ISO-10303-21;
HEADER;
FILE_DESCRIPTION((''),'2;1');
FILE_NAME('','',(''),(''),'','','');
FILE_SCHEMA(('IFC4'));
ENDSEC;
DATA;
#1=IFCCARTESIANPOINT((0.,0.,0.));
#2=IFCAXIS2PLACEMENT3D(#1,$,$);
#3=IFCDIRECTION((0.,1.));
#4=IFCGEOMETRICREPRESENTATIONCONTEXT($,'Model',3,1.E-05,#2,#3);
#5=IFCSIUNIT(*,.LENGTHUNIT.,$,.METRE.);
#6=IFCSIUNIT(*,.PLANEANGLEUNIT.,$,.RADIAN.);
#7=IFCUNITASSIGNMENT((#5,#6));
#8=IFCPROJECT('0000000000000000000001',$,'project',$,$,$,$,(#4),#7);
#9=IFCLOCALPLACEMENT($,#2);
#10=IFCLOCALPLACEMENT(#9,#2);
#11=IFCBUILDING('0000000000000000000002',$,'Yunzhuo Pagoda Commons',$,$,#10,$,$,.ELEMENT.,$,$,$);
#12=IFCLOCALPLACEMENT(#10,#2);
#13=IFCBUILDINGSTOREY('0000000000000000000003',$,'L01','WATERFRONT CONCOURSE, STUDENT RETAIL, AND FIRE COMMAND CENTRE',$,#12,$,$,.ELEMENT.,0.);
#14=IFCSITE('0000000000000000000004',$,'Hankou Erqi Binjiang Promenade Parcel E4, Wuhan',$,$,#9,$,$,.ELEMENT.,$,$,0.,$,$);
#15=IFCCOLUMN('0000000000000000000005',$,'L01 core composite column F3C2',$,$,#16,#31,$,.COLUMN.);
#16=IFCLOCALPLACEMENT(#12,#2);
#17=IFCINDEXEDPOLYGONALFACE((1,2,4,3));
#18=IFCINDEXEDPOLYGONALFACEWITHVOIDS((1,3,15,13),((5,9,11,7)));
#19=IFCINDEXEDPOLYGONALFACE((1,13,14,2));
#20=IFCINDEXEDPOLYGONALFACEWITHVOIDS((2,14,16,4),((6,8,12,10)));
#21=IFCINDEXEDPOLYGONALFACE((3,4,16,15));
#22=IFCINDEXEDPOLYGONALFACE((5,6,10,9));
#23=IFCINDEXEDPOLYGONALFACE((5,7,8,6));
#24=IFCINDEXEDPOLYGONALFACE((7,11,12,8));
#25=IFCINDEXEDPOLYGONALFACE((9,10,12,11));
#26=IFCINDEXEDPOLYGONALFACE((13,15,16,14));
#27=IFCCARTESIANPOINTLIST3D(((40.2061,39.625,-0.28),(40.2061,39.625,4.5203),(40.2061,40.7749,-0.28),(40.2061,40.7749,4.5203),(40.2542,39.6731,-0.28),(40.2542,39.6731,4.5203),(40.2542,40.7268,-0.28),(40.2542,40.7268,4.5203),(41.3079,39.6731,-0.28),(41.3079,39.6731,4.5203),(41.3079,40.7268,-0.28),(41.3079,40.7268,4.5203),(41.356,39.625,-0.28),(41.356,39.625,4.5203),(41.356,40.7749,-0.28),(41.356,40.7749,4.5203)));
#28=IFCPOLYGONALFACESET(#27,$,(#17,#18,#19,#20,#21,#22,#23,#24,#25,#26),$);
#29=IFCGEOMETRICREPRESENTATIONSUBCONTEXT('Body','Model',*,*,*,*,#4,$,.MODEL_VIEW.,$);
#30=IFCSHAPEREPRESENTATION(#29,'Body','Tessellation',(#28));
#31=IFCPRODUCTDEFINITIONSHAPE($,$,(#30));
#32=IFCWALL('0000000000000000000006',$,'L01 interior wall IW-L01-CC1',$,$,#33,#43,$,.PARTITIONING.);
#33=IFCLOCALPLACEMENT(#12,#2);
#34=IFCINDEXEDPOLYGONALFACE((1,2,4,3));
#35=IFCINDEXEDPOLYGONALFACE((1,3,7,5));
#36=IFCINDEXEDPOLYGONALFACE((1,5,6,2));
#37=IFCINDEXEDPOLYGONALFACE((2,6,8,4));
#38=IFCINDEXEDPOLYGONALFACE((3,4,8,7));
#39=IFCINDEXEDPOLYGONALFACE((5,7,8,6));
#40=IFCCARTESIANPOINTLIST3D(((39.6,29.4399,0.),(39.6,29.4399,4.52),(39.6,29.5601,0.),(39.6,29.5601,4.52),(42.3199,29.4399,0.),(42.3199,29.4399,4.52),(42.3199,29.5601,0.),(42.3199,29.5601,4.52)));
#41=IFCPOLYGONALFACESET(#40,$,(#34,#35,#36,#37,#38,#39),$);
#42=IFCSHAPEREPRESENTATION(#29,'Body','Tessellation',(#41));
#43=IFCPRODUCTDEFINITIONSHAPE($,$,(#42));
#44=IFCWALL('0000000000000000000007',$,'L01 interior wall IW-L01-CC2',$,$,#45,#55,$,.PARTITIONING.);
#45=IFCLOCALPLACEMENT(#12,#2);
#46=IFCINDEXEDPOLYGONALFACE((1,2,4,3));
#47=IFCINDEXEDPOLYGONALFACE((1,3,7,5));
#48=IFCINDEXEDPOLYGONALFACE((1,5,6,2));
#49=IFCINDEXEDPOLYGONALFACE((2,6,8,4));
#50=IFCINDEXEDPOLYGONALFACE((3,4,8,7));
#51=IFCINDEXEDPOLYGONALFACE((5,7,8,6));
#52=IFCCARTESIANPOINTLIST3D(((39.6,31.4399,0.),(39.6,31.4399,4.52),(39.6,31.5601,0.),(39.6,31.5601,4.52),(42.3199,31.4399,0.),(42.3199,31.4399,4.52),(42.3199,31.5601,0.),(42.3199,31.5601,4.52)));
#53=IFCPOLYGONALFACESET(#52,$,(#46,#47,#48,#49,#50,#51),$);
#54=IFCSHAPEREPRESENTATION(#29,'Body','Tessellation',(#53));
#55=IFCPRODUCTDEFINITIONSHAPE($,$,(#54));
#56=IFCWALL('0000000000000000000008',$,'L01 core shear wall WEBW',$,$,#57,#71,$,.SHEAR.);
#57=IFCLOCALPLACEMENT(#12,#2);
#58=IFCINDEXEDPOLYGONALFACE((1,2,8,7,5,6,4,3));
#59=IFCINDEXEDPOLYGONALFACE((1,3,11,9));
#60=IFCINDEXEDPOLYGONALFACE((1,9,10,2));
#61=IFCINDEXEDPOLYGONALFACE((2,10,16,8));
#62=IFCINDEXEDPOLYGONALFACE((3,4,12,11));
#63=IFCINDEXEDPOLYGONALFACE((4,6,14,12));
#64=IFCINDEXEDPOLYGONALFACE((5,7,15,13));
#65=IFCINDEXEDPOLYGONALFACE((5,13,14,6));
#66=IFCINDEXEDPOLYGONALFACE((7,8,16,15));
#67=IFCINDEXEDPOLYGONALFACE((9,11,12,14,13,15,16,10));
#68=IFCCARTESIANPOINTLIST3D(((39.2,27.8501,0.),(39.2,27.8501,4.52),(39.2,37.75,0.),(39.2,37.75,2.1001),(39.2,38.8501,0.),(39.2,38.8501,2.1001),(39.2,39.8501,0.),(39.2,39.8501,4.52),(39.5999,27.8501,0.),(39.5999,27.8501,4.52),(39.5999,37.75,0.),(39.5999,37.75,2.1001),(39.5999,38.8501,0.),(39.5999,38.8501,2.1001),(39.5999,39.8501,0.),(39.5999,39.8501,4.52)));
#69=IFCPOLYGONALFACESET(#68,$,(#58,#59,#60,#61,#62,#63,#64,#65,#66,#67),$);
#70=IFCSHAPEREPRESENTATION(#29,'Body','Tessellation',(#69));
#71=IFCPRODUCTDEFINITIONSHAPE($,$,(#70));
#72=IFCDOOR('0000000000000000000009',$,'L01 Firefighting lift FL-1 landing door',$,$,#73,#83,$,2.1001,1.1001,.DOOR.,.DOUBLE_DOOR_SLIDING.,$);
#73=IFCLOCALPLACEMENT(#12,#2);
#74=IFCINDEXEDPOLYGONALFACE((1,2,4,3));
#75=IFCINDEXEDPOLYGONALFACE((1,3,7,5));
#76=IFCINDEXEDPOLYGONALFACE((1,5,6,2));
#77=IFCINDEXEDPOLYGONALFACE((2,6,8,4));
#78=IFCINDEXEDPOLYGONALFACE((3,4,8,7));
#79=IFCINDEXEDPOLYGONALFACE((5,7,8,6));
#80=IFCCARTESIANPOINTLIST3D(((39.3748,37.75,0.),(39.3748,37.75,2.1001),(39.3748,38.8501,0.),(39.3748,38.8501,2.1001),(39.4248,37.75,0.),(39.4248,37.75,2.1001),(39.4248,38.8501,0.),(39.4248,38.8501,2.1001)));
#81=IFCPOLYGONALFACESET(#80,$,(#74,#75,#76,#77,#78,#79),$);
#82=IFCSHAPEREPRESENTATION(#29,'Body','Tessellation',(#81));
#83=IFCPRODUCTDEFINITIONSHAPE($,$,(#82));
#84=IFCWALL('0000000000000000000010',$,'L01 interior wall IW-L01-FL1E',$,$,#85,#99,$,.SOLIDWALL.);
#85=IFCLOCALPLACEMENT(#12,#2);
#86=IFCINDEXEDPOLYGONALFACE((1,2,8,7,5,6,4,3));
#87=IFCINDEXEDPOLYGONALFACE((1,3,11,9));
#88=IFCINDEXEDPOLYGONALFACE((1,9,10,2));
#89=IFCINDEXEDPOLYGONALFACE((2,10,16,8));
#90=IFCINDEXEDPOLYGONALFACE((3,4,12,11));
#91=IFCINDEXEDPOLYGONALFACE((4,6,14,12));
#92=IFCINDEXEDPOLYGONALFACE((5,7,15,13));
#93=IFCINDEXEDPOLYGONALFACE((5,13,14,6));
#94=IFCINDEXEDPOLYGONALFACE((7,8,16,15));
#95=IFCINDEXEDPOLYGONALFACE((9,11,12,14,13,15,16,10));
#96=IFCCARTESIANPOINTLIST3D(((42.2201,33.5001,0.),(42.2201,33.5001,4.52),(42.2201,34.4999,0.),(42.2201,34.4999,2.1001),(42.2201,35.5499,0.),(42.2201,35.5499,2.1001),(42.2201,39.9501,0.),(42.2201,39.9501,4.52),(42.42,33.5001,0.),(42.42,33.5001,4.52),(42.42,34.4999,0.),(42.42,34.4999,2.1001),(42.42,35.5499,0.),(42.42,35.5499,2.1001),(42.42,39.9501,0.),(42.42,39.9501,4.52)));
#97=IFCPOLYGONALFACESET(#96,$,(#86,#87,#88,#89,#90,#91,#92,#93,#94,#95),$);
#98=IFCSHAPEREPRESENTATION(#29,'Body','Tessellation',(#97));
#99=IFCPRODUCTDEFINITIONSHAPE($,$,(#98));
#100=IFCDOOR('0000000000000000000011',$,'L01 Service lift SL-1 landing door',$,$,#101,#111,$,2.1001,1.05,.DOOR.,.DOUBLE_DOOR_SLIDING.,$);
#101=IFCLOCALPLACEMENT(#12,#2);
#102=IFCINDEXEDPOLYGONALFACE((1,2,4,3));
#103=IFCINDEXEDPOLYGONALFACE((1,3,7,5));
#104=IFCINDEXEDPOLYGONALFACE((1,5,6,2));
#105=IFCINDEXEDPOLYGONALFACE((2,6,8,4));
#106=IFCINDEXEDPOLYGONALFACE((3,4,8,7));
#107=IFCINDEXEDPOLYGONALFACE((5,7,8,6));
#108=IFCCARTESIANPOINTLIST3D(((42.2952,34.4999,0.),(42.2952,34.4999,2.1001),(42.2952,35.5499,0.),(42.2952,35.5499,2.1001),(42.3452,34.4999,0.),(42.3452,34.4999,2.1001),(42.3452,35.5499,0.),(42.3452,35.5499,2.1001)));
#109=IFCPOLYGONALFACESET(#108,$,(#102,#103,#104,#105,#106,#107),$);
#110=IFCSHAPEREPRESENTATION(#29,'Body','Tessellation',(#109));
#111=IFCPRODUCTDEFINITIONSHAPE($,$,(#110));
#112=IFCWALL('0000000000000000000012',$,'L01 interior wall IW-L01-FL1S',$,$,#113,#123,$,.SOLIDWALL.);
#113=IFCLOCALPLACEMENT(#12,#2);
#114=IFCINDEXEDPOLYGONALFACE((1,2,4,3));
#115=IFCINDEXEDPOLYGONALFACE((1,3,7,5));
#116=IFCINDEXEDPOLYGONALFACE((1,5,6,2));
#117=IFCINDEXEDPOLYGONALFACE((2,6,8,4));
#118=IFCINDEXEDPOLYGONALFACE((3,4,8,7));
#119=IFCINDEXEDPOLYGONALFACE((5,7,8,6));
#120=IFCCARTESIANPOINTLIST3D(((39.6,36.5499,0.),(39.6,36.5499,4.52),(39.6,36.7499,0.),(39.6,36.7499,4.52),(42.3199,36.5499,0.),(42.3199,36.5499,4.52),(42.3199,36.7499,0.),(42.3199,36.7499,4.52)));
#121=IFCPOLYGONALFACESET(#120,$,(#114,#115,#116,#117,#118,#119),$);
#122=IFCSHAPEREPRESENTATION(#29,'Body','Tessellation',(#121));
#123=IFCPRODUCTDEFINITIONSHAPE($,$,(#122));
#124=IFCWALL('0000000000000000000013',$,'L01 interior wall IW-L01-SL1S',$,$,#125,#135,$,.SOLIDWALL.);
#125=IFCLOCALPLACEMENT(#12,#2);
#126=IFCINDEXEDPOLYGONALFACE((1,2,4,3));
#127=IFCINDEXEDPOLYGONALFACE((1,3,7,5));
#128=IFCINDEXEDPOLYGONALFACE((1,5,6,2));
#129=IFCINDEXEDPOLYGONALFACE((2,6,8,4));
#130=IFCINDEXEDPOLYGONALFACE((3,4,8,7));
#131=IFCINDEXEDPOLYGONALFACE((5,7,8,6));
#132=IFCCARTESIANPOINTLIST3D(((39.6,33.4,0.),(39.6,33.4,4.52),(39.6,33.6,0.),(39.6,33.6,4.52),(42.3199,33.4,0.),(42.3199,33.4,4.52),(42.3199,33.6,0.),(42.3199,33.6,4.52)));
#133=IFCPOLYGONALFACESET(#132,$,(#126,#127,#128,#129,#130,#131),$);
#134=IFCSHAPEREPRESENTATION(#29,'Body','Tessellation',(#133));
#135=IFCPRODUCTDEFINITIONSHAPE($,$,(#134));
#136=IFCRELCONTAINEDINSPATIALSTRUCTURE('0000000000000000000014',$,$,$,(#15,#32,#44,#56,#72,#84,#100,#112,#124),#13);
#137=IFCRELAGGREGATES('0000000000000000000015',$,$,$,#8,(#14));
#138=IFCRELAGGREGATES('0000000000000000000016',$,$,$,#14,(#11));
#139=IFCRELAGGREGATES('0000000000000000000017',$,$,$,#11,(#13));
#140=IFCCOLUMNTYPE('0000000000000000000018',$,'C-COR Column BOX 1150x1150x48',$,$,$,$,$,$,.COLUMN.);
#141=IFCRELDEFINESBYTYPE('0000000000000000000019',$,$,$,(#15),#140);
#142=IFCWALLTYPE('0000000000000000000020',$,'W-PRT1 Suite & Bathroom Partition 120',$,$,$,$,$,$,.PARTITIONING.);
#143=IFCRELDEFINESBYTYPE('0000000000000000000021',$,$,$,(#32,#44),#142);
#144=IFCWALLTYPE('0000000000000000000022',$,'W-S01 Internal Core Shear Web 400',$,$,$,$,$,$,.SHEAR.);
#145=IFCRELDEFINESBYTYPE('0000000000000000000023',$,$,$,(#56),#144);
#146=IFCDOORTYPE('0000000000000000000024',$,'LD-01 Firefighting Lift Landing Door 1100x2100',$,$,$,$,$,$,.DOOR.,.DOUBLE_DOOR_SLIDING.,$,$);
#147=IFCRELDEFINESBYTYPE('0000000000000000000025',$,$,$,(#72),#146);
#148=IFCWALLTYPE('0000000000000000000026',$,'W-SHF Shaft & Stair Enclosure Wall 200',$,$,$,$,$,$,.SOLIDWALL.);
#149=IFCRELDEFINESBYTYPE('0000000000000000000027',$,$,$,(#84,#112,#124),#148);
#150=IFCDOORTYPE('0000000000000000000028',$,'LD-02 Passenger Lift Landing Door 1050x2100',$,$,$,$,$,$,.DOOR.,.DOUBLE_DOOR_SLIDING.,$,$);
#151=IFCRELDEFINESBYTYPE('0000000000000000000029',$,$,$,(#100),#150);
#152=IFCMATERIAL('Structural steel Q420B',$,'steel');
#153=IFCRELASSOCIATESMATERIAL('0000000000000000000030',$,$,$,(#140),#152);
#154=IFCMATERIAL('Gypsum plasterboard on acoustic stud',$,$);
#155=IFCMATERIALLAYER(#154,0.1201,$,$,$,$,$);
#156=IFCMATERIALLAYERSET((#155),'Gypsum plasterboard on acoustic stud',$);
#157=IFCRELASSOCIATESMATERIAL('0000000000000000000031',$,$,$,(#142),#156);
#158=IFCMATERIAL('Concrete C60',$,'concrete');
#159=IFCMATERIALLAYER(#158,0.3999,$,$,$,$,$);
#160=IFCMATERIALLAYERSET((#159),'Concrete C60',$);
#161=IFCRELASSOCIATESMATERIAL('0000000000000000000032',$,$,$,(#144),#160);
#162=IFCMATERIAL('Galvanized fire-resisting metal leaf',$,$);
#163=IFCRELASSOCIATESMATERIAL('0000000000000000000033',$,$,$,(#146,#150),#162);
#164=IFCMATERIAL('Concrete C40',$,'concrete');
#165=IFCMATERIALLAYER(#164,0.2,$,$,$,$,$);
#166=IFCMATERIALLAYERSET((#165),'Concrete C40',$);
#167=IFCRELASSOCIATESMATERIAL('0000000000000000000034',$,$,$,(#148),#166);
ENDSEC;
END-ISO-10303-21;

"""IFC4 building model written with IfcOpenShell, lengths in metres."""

from ifc_helpers import new_model, si_unit, direction, frame, frame_2d, origin, origin_with_axes, origin_2d, place, context, subcontext, project, spatial, rectangle, hollow_rectangle, extrude, source, transform, mapped, material, layer, layer_set, material_profile, profile_set, type_object, element, fill, save


model = new_model("IFC4")

# Units and contexts
model_context = context("Model", 3, precision=1e-05, world=origin(), true_north=direction((0.0, 1.0)))
body_context = subcontext(model_context, "Body", "Model", "MODEL_VIEW")
ifc_project = project(units=[si_unit("LENGTHUNIT", "METRE"), si_unit("PLANEANGLEUNIT", "RADIAN")], contexts=[model_context])

# Site, building, storey
site_placement = place(None, origin())
site = spatial("IfcSite", under=ifc_project, at=site_placement, Name="Hankou Erqi Binjiang Promenade Parcel E4, Wuhan", CompositionType="ELEMENT", RefElevation=0.0)
building_placement = place(site_placement, origin())
building = spatial("IfcBuilding", under=site, at=building_placement, Name="Yunzhuo Pagoda Commons", CompositionType="ELEMENT")
storey_placement = place(building_placement, origin())
storey = spatial("IfcBuildingStorey", under=building, at=storey_placement, Name="L01", Description="WATERFRONT CONCOURSE, STUDENT RETAIL, AND FIRE COMMAND CENTRE", CompositionType="ELEMENT", Elevation=0.0)

# Column
ifc_material_1 = material(Name="Structural steel Q420B", Category="steel")
ifc_material_profile = material_profile(ifc_material_1, hollow_rectangle(XDim=1.1499, YDim=1.1499, WallThickness=0.0481, at=origin_2d()), Name="Structural steel Q420B")
ifc_profile_set = profile_set([ifc_material_profile], Name="Structural steel Q420B")
column_type = type_object("IfcColumnType", Name="C-COR Column BOX 1150x1150x48", PredefinedType="COLUMN", material=ifc_profile_set)
shared_shape_1 = source(origin(), body_context, "Body", "SweptSolid", [
    extrude(hollow_rectangle(XDim=1.1499, YDim=1.1499, WallThickness=0.0481, at=origin_2d()), origin(), (0.0, 0.0, 1.0), 4.8003),
])
column_placement = place(storey_placement, frame((40.781, 40.2, -0.28), z_axis=(0.0, 0.0, 1.0), x_axis=(1.0, 0.0, 0.0)))
element("IfcColumn", 1, at=column_placement, inside=storey, type_object=column_type, Name="L01 core composite column F3C2", PredefinedType="COLUMN", context=body_context, shape_type="MappedRepresentation", body=[
    mapped(shared_shape_1, transform((0.0, 0.0, 0.0), scale=1.0)),
])

# Walls
ifc_material_2 = material(Name="Gypsum plasterboard on acoustic stud")
ifc_layer_1 = layer(ifc_material_2, 0.1201)
ifc_layer_set_1 = layer_set([ifc_layer_1], Name="Gypsum plasterboard on acoustic stud")
wall_type_1 = type_object("IfcWallType", Name="W-PRT1 Suite & Bathroom Partition 120", PredefinedType="PARTITIONING", material=ifc_layer_set_1)
for number, where, z_axis, x_axis, name in (
    (2, (39.6001, 29.5, 0.0), (0.0, 0.0, 1.0), (1.0, 0.0, 0.0), "L01 interior wall IW-L01-CC1"),
    (3, (39.6001, 31.5, 0.0), (0.0, 0.0, 1.0), (1.0, 0.0, 0.0), "L01 interior wall IW-L01-CC2"),
):
    element("IfcWall", number, at=place(storey_placement, frame(where, z_axis=z_axis, x_axis=x_axis)), inside=storey, type_object=wall_type_1, Name=name, PredefinedType="PARTITIONING", context=body_context, shape_type="SweptSolid", body=[
        extrude(rectangle(XDim=2.72, YDim=0.1201, at=frame_2d((1.3599, 0.0))), origin(), (0.0, 0.0, 1.0), 4.52),
    ])

# Walls, openings, doors
ifc_material_3 = material(Name="Concrete C60", Category="concrete")
ifc_layer_2 = layer(ifc_material_3, 0.3999)
ifc_layer_set_2 = layer_set([ifc_layer_2], Name="Concrete C60")
wall_type_2 = type_object("IfcWallType", Name="W-S01 Internal Core Shear Web 400", PredefinedType="SHEAR", material=ifc_layer_set_2)
wall_1_placement = place(storey_placement, frame((39.3999, 27.8501, 0.0), z_axis=(0.0, 0.0, 1.0), x_axis=(0.0, 1.0, 0.0)))
wall_1 = element("IfcWall", 4, at=wall_1_placement, inside=storey, type_object=wall_type_2, Name="L01 core shear wall WEBW", PredefinedType="SHEAR", context=body_context, shape_type="SweptSolid", body=[
    extrude(rectangle(XDim=12.0, YDim=0.3999, at=frame_2d((6.0, 0.0))), origin(), (0.0, 0.0, 1.0), 4.52),
])
opening_1_placement = place(wall_1_placement, frame((9.8999, 0.0, 0.0)))
opening_1 = element("IfcOpeningElement", 5, at=opening_1_placement, cuts=wall_1, PredefinedType="OPENING", context=body_context, shape_type="SweptSolid", body=[
    extrude(rectangle(XDim=1.1001, YDim=2.1001, at=frame_2d((0.55, 1.05))), frame((0.0, 0.21, 0.0), z_axis=(0.0, -1.0, 0.0), x_axis=(1.0, 0.0, 0.0)), (0.0, 0.0, 1.0), 0.4199),
])
ifc_material_4 = material(Name="Galvanized fire-resisting metal leaf")
door_type_1 = type_object("IfcDoorType", Name="LD-01 Firefighting Lift Landing Door 1100x2100", OperationType="DOUBLE_DOOR_SLIDING", PredefinedType="DOOR", material=ifc_material_4)
shared_shape_2 = source(origin(), body_context, "Body", "SweptSolid", [
    extrude(rectangle(XDim=1.1001, YDim=2.1001, at=frame_2d((0.55, 1.05))), frame((0.0, 0.0249, 0.0), z_axis=(0.0, -1.0, 0.0), x_axis=(1.0, 0.0, 0.0)), (0.0, 0.0, 1.0), 0.05),
])
door_1_placement = place(opening_1_placement, frame((1.1001, 0.0, 0.0), z_axis=(0.0, 0.0, 1.0), x_axis=(-1.0, 0.0, 0.0)))
door_1 = element("IfcDoor", 6, at=door_1_placement, inside=storey, type_object=door_type_1, Name="L01 Firefighting lift FL-1 landing door", OperationType="DOUBLE_DOOR_SLIDING", OverallHeight=2.1001, OverallWidth=1.1001, PredefinedType="DOOR", context=body_context, shape_type="MappedRepresentation", body=[
    mapped(shared_shape_2, transform((0.0, 0.0, 0.0), scale=1.0)),
])
fill(opening_1, door_1)
ifc_material_5 = material(Name="Concrete C40", Category="concrete")
ifc_layer_3 = layer(ifc_material_5, 0.2)
ifc_layer_set_3 = layer_set([ifc_layer_3], Name="Concrete C40")
wall_type_3 = type_object("IfcWallType", Name="W-SHF Shaft & Stair Enclosure Wall 200", PredefinedType="SOLIDWALL", material=ifc_layer_set_3)
wall_2_placement = place(storey_placement, frame((42.3201, 33.5, 0.0), z_axis=(0.0, 0.0, 1.0), x_axis=(0.0, 1.0, 0.0)))
wall_2 = element("IfcWall", 7, at=wall_2_placement, inside=storey, type_object=wall_type_3, Name="L01 interior wall IW-L01-FL1E", PredefinedType="SOLIDWALL", context=body_context, shape_type="SweptSolid", body=[
    extrude(rectangle(XDim=6.45, YDim=0.2, at=frame_2d((3.2251, 0.0))), origin(), (0.0, 0.0, 1.0), 4.52),
])
opening_2_placement = place(wall_2_placement, frame((1.0, 0.0, 0.0)))
opening_2 = element("IfcOpeningElement", 8, at=opening_2_placement, cuts=wall_2, PredefinedType="OPENING", context=body_context, shape_type="SweptSolid", body=[
    extrude(rectangle(XDim=1.05, YDim=2.1001, at=frame_2d((0.5249, 1.05))), frame((0.0, 0.1099, 0.0), z_axis=(0.0, -1.0, 0.0), x_axis=(1.0, 0.0, 0.0)), (0.0, 0.0, 1.0), 0.22),
])
door_type_2 = type_object("IfcDoorType", Name="LD-02 Passenger Lift Landing Door 1050x2100", OperationType="DOUBLE_DOOR_SLIDING", PredefinedType="DOOR", material=ifc_material_4)
shared_shape_3 = source(origin(), body_context, "Body", "SweptSolid", [
    extrude(rectangle(XDim=1.05, YDim=2.1001, at=frame_2d((0.5249, 1.05))), frame((0.0, 0.0249, 0.0), z_axis=(0.0, -1.0, 0.0), x_axis=(1.0, 0.0, 0.0)), (0.0, 0.0, 1.0), 0.05),
])
door_2_placement = place(opening_2_placement, origin_with_axes())
door_2 = element("IfcDoor", 9, at=door_2_placement, inside=storey, type_object=door_type_2, Name="L01 Service lift SL-1 landing door", OperationType="DOUBLE_DOOR_SLIDING", OverallHeight=2.1001, OverallWidth=1.05, PredefinedType="DOOR", context=body_context, shape_type="MappedRepresentation", body=[
    mapped(shared_shape_3, transform((0.0, 0.0, 0.0), scale=1.0)),
])
fill(opening_2, door_2)

# Walls
for number, where, z_axis, x_axis, name in (
    (10, (39.6001, 36.6499, 0.0), (0.0, 0.0, 1.0), (1.0, 0.0, 0.0), "L01 interior wall IW-L01-FL1S"),
    (11, (39.6001, 33.5, 0.0), (0.0, 0.0, 1.0), (1.0, 0.0, 0.0), "L01 interior wall IW-L01-SL1S"),
):
    element("IfcWall", number, at=place(storey_placement, frame(where, z_axis=z_axis, x_axis=x_axis)), inside=storey, type_object=wall_type_3, Name=name, PredefinedType="SOLIDWALL", context=body_context, shape_type="SweptSolid", body=[
        extrude(rectangle(XDim=2.72, YDim=0.2, at=frame_2d((1.3599, 0.0))), origin(), (0.0, 0.0, 1.0), 4.52),
    ])

save(model, "model.ifc")
